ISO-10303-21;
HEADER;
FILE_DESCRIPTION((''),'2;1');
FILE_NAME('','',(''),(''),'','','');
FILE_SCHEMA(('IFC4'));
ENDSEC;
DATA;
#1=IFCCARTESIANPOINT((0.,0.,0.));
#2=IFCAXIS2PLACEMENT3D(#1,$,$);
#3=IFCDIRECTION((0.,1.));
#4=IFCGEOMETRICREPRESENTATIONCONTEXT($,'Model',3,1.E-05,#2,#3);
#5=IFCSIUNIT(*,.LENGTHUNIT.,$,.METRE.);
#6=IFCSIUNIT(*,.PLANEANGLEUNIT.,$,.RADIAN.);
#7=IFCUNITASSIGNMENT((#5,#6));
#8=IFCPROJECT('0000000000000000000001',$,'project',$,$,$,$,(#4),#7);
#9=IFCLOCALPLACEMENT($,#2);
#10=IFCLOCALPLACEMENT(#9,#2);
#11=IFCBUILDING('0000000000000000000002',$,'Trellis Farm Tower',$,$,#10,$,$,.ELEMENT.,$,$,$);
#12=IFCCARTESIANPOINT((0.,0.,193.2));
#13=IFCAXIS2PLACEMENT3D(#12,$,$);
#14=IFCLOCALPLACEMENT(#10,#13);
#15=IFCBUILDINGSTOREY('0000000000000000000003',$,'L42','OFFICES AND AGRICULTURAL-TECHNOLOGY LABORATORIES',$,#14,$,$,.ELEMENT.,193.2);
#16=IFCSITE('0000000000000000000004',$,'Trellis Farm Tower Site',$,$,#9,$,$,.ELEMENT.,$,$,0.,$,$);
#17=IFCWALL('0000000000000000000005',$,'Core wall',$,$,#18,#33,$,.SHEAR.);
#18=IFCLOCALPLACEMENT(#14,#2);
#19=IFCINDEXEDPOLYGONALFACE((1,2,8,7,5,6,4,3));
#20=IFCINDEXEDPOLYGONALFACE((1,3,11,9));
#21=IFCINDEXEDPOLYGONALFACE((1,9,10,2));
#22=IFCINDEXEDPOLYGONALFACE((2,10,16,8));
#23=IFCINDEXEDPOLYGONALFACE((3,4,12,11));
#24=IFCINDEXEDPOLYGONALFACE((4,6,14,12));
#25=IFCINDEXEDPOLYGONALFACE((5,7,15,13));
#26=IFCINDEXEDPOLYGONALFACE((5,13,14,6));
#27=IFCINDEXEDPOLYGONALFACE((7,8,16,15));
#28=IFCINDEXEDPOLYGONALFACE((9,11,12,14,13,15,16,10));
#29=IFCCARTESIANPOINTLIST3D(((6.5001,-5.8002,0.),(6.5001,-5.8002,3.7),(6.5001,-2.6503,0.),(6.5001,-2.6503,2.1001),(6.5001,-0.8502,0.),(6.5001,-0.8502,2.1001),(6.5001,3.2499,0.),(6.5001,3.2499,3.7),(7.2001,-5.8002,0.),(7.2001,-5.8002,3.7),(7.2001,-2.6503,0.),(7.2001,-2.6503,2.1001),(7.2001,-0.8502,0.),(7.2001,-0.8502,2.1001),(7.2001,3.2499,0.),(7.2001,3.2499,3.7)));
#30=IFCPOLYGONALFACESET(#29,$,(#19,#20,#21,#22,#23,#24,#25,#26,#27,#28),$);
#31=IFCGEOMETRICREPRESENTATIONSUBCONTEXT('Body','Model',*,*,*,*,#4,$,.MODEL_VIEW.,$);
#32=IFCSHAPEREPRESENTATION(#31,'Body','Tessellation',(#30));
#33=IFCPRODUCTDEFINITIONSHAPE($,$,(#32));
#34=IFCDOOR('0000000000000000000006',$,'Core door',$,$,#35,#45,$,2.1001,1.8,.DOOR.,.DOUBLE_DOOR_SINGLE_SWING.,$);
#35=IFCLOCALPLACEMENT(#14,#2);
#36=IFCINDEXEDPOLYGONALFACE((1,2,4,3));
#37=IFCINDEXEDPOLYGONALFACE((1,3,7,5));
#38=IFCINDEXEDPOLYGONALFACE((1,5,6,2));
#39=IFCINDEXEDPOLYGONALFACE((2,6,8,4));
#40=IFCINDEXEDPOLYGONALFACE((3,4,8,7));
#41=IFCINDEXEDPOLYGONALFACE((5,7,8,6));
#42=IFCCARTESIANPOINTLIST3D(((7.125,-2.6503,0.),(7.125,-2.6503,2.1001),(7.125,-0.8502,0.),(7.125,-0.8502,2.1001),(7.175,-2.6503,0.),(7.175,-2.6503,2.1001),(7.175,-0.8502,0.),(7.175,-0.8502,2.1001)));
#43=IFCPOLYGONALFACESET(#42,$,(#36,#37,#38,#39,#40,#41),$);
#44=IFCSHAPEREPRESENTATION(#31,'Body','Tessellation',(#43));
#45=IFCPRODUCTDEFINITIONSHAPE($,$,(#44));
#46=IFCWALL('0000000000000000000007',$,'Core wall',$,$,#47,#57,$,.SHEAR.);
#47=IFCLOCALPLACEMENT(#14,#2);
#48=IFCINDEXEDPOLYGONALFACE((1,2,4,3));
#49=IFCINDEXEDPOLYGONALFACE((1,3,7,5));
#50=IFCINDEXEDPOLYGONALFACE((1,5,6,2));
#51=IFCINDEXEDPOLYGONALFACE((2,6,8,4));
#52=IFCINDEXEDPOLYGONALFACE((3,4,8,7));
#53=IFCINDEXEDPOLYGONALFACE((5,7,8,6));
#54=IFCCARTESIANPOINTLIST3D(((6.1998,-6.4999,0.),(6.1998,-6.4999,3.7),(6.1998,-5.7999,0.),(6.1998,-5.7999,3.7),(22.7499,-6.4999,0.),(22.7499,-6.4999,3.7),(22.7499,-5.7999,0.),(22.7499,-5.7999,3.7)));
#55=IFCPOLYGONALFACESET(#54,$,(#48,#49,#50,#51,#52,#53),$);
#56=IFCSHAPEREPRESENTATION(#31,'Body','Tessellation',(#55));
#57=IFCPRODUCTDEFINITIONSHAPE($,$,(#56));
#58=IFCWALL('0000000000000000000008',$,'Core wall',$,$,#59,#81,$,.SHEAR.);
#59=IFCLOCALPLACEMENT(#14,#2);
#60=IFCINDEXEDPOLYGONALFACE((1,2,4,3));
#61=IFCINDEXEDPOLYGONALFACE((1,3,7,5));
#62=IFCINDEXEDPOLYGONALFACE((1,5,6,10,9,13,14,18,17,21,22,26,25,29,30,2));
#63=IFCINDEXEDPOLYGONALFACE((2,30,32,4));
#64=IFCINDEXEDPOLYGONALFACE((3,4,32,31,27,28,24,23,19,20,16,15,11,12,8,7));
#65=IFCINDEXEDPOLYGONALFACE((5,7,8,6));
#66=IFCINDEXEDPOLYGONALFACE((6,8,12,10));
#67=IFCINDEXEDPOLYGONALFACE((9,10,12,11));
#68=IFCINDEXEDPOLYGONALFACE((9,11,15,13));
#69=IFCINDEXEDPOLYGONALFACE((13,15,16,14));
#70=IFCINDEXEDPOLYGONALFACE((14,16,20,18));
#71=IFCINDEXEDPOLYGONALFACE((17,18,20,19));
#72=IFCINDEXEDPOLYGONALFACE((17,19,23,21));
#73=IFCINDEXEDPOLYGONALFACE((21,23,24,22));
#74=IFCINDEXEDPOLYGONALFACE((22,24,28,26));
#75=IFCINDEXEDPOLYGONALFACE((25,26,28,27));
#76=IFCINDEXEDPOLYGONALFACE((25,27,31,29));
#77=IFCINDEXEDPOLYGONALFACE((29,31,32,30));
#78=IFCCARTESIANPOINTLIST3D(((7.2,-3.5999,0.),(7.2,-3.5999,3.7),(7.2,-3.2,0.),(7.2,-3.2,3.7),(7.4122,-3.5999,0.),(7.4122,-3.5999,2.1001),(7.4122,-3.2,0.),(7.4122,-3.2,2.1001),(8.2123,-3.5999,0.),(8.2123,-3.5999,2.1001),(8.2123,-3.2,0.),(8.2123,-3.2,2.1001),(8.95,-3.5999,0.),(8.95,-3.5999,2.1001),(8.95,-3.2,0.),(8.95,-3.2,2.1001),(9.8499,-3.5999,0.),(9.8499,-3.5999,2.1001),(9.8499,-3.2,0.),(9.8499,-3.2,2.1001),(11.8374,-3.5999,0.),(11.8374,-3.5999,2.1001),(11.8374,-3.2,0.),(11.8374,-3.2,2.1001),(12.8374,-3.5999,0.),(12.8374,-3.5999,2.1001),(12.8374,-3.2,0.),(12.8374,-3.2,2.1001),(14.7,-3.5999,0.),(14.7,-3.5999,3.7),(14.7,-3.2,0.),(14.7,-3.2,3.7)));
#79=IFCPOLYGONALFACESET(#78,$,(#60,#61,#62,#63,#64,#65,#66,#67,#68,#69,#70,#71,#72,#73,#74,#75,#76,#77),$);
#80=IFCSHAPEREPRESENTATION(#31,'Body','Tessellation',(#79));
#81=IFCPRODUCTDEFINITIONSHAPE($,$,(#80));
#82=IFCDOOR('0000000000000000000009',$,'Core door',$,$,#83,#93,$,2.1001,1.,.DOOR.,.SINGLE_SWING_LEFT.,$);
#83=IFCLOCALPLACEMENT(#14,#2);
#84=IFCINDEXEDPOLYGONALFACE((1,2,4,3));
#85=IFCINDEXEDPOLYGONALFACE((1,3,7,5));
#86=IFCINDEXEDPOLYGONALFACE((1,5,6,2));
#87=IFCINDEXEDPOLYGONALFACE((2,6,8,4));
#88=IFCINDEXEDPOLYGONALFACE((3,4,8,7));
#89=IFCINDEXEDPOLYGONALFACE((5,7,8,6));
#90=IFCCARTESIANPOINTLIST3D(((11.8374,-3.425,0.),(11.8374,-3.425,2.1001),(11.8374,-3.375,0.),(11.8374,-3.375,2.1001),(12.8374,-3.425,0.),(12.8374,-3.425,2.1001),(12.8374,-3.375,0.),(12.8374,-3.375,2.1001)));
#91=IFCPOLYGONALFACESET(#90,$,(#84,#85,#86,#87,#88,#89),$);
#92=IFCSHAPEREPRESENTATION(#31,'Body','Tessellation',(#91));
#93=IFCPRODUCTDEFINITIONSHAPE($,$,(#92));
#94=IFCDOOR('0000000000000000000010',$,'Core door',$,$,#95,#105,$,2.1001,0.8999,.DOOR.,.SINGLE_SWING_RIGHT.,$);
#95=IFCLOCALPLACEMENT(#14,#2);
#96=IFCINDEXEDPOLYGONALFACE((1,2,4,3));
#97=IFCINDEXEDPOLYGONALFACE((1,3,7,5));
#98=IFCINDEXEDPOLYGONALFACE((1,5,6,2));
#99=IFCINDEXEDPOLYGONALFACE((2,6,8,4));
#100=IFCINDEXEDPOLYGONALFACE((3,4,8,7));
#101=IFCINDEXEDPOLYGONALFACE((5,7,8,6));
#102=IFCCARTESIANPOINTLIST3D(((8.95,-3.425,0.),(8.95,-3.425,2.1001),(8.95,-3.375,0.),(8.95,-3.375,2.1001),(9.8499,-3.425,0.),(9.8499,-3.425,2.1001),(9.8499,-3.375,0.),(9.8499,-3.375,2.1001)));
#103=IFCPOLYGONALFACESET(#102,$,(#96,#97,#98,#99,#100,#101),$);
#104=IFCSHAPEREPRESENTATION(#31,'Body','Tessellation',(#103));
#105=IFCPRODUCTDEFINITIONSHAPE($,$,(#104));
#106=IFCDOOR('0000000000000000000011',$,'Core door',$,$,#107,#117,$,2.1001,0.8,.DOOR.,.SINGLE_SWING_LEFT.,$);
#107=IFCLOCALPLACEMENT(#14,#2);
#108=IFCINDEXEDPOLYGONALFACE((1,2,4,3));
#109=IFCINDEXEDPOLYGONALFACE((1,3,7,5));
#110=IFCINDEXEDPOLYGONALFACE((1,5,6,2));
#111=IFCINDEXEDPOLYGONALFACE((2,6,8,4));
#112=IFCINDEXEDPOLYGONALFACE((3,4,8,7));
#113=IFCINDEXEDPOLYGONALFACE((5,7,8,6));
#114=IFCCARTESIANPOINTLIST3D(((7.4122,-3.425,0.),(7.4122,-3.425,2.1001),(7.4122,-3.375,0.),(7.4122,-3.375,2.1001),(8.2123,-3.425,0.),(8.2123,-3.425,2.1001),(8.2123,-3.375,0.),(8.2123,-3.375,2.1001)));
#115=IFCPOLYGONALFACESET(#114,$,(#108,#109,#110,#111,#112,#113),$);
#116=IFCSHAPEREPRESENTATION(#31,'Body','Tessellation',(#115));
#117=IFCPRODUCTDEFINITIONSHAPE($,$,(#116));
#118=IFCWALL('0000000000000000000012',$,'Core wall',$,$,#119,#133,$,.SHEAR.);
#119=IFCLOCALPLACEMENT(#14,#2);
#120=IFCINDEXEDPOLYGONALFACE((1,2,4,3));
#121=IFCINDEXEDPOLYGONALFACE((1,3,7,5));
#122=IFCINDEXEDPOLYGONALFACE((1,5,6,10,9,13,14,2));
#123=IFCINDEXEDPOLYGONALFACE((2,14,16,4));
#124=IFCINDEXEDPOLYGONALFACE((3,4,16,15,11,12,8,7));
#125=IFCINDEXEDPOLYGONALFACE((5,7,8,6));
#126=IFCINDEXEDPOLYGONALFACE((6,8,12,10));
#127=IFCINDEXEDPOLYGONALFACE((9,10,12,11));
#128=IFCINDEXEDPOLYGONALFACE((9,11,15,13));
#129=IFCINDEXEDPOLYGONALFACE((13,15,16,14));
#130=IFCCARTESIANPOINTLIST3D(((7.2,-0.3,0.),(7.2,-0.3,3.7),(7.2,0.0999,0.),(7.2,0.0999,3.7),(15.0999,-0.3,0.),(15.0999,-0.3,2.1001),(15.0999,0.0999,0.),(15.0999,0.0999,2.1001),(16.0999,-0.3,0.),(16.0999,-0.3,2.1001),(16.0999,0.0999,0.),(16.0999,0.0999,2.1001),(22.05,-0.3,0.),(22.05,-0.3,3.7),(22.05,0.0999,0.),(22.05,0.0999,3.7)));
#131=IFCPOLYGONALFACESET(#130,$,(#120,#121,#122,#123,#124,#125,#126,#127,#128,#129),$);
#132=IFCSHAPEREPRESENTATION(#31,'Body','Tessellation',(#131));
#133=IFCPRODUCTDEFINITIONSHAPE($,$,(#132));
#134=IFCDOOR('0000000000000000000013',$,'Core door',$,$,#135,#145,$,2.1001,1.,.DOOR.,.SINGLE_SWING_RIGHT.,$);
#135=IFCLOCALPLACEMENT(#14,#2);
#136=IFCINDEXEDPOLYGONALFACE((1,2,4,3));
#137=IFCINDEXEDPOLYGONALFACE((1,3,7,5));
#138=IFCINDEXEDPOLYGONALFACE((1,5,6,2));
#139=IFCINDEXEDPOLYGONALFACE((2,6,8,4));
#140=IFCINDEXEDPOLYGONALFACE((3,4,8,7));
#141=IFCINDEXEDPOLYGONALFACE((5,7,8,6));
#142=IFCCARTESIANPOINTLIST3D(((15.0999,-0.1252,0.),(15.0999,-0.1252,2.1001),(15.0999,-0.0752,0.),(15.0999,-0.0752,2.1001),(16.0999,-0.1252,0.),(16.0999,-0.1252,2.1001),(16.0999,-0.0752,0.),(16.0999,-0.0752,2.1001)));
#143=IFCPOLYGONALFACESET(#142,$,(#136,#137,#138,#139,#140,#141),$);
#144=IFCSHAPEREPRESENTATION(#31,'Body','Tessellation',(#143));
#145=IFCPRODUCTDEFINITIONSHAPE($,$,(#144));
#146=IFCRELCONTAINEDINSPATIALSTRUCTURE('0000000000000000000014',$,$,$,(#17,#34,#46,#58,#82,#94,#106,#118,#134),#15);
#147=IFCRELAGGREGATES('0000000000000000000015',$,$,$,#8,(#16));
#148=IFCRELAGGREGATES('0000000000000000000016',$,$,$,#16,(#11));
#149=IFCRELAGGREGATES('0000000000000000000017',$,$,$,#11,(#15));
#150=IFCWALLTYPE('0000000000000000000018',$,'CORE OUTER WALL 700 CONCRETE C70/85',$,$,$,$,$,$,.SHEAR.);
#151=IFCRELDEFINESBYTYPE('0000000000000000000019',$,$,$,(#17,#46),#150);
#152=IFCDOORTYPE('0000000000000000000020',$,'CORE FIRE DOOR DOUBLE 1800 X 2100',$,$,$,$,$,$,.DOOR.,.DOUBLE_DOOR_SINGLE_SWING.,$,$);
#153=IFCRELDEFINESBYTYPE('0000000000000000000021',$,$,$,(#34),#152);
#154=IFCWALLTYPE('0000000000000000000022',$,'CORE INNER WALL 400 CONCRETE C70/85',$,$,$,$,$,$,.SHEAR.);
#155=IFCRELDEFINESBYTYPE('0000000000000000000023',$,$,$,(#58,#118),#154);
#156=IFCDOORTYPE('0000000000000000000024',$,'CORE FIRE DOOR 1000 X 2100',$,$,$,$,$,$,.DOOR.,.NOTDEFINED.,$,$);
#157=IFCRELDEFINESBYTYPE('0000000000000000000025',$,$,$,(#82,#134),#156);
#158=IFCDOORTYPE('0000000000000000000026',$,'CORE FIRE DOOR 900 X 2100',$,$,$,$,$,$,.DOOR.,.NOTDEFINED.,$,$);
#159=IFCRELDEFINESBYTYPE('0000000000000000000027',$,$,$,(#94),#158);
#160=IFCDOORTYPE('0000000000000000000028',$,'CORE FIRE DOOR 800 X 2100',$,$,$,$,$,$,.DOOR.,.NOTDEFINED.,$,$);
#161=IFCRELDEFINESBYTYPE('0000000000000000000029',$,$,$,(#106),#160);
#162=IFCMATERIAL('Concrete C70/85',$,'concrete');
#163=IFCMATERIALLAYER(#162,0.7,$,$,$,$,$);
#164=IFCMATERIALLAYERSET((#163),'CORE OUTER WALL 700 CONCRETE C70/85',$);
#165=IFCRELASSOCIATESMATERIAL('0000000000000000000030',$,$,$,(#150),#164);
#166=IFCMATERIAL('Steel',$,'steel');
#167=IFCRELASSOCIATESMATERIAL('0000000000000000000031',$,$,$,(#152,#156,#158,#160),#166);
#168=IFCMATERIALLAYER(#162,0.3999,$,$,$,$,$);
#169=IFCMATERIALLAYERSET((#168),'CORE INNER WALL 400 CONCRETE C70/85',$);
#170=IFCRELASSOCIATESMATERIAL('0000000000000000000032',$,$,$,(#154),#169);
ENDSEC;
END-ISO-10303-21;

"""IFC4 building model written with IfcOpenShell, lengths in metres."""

from ifc_helpers import new_model, si_unit, direction, frame, frame_2d, origin, place, context, subcontext, project, spatial, rectangle, extrude, source, transform, mapped, material, layer, layer_set, type_object, element, fill, save


model = new_model("IFC4")

# Units and contexts
model_context = context("Model", 3, precision=1e-05, world=origin(), true_north=direction((0.0, 1.0)))
body_context = subcontext(model_context, "Body", "Model", "MODEL_VIEW")
ifc_project = project(units=[si_unit("LENGTHUNIT", "METRE"), si_unit("PLANEANGLEUNIT", "RADIAN")], contexts=[model_context])

# Site, building, storey
site_placement = place(None, origin())
site = spatial("IfcSite", under=ifc_project, at=site_placement, Name="Trellis Farm Tower Site", CompositionType="ELEMENT", RefElevation=0.0)
building_placement = place(site_placement, origin())
building = spatial("IfcBuilding", under=site, at=building_placement, Name="Trellis Farm Tower", CompositionType="ELEMENT")
storey_placement = place(building_placement, frame((0.0, 0.0, 193.2)))
storey = spatial("IfcBuildingStorey", under=building, at=storey_placement, Name="L42", Description="OFFICES AND AGRICULTURAL-TECHNOLOGY LABORATORIES", CompositionType="ELEMENT", Elevation=193.2)

# Shared definitions
ifc_material_1 = material(Name="Concrete C70/85", Category="concrete")

# Wall, opening, door
ifc_layer_1 = layer(ifc_material_1, 0.7)
ifc_layer_set_1 = layer_set([ifc_layer_1], Name="CORE OUTER WALL 700 CONCRETE C70/85")
wall_type_1 = type_object("IfcWallType", Name="CORE OUTER WALL 700 CONCRETE C70/85", PredefinedType="SHEAR", material=ifc_layer_set_1)
shared_shape_1 = source(origin(), body_context, "Body", "SweptSolid", [
    extrude(rectangle(XDim=9.05, YDim=0.7, at=frame_2d((4.5249, 0.0))), origin(), (0.0, 0.0, 1.0), 3.7),
])
wall_1_placement = place(storey_placement, frame((6.8501, -5.8, 0.0), z_axis=(0.0, 0.0, 1.0), x_axis=(0.0, 1.0, 0.0)))
wall_1 = element("IfcWall", 1, at=wall_1_placement, inside=storey, type_object=wall_type_1, Name="Core wall", PredefinedType="SHEAR", context=body_context, shape_type="MappedRepresentation", body=[
    mapped(shared_shape_1, transform((0.0, 0.0, 0.0))),
])
shared_shape_2 = source(origin(), body_context, "Body", "SweptSolid", [
    extrude(rectangle(XDim=1.8, YDim=2.1001, at=frame_2d((0.8999, 1.05))), frame((0.0, 0.3601, 0.0), z_axis=(0.0, -1.0, 0.0), x_axis=(1.0, 0.0, 0.0)), (0.0, 0.0, 1.0), 0.7202),
])
opening_1_placement = place(wall_1_placement, frame((3.1499, 0.0, 0.0)))
opening_1 = element("IfcOpeningElement", 2, at=opening_1_placement, cuts=wall_1, PredefinedType="OPENING", context=body_context, shape_type="MappedRepresentation", body=[
    mapped(shared_shape_2, transform((0.0, 0.0, 0.0))),
])
ifc_material_2 = material(Name="Steel", Category="steel")
door_type_1 = type_object("IfcDoorType", Name="CORE FIRE DOOR DOUBLE 1800 X 2100", OperationType="DOUBLE_DOOR_SINGLE_SWING", PredefinedType="DOOR", material=ifc_material_2)
shared_shape_3 = source(origin(), body_context, "Body", "SweptSolid", [
    extrude(rectangle(XDim=1.8, YDim=2.1001, at=frame_2d((0.8999, 1.05))), frame((0.0, -0.2749, 0.0), z_axis=(0.0, -1.0, 0.0), x_axis=(1.0, 0.0, 0.0)), (0.0, 0.0, 1.0), 0.05),
])
door_1_placement = place(opening_1_placement, origin())
door_1 = element("IfcDoor", 3, at=door_1_placement, inside=storey, type_object=door_type_1, Name="Core door", OperationType="DOUBLE_DOOR_SINGLE_SWING", OverallHeight=2.1001, OverallWidth=1.8, PredefinedType="DOOR", context=body_context, shape_type="MappedRepresentation", body=[
    mapped(shared_shape_3, transform((0.0, 0.0, 0.0))),
])
fill(opening_1, door_1)

# Wall
shared_shape_4 = source(origin(), body_context, "Body", "SweptSolid", [
    extrude(rectangle(XDim=16.55, YDim=0.7, at=frame_2d((8.2749, 0.0))), origin(), (0.0, 0.0, 1.0), 3.7),
])
wall_2_placement = place(storey_placement, frame((6.2, -6.1499, 0.0), z_axis=(0.0, 0.0, 1.0), x_axis=(1.0, 0.0, 0.0)))
element("IfcWall", 4, at=wall_2_placement, inside=storey, type_object=wall_type_1, Name="Core wall", PredefinedType="SHEAR", context=body_context, shape_type="MappedRepresentation", body=[
    mapped(shared_shape_4, transform((0.0, 0.0, 0.0))),
])

# Wall, openings, doors
ifc_layer_2 = layer(ifc_material_1, 0.3999)
ifc_layer_set_2 = layer_set([ifc_layer_2], Name="CORE INNER WALL 400 CONCRETE C70/85")
wall_type_2 = type_object("IfcWallType", Name="CORE INNER WALL 400 CONCRETE C70/85", PredefinedType="SHEAR", material=ifc_layer_set_2)
shared_shape_5 = source(origin(), body_context, "Body", "SweptSolid", [
    extrude(rectangle(XDim=7.5, YDim=0.3999, at=frame_2d((3.75, 0.0))), origin(), (0.0, 0.0, 1.0), 3.7),
])
wall_3_placement = place(storey_placement, frame((7.2, -3.3999, 0.0), z_axis=(0.0, 0.0, 1.0), x_axis=(1.0, 0.0, 0.0)))
wall_3 = element("IfcWall", 5, at=wall_3_placement, inside=storey, type_object=wall_type_2, Name="Core wall", PredefinedType="SHEAR", context=body_context, shape_type="MappedRepresentation", body=[
    mapped(shared_shape_5, transform((0.0, 0.0, 0.0))),
])
shared_shape_6 = source(origin(), body_context, "Body", "SweptSolid", [
    extrude(rectangle(XDim=0.8, YDim=2.1001, at=frame_2d((0.3999, 1.05))), frame((0.0, 0.21, 0.0), z_axis=(0.0, -1.0, 0.0), x_axis=(1.0, 0.0, 0.0)), (0.0, 0.0, 1.0), 0.4199),
])
opening_2_placement = place(wall_3_placement, frame((0.2124, 0.0, 0.0)))
opening_2 = element("IfcOpeningElement", 6, at=opening_2_placement, cuts=wall_3, PredefinedType="OPENING", context=body_context, shape_type="MappedRepresentation", body=[
    mapped(shared_shape_6, transform((0.0, 0.0, 0.0))),
])
shared_shape_7 = source(origin(), body_context, "Body", "SweptSolid", [
    extrude(rectangle(XDim=0.8999, YDim=2.1001, at=frame_2d((0.45, 1.05))), frame((0.0, 0.21, 0.0), z_axis=(0.0, -1.0, 0.0), x_axis=(1.0, 0.0, 0.0)), (0.0, 0.0, 1.0), 0.4199),
])
opening_3_placement = place(wall_3_placement, frame((1.75, 0.0, 0.0)))
opening_3 = element("IfcOpeningElement", 7, at=opening_3_placement, cuts=wall_3, PredefinedType="OPENING", context=body_context, shape_type="MappedRepresentation", body=[
    mapped(shared_shape_7, transform((0.0, 0.0, 0.0))),
])
shared_shape_8 = source(origin(), body_context, "Body", "SweptSolid", [
    extrude(rectangle(XDim=1.0, YDim=2.1001, at=frame_2d((0.5, 1.05))), frame((0.0, 0.21, 0.0), z_axis=(0.0, -1.0, 0.0), x_axis=(1.0, 0.0, 0.0)), (0.0, 0.0, 1.0), 0.4199),
])
opening_4_placement = place(wall_3_placement, frame((4.6375, 0.0, 0.0)))
opening_4 = element("IfcOpeningElement", 8, at=opening_4_placement, cuts=wall_3, PredefinedType="OPENING", context=body_context, shape_type="MappedRepresentation", body=[
    mapped(shared_shape_8, transform((0.0, 0.0, 0.0))),
])
door_type_2 = type_object("IfcDoorType", Name="CORE FIRE DOOR 1000 X 2100", OperationType="NOTDEFINED", PredefinedType="DOOR", material=ifc_material_2)
shared_shape_9 = source(origin(), body_context, "Body", "SweptSolid", [
    extrude(rectangle(XDim=1.0, YDim=2.1001, at=frame_2d((0.5, 1.05))), frame((0.0, 0.0249, 0.0), z_axis=(0.0, -1.0, 0.0), x_axis=(1.0, 0.0, 0.0)), (0.0, 0.0, 1.0), 0.05),
])
door_2_placement = place(opening_4_placement, origin())
door_2 = element("IfcDoor", 9, at=door_2_placement, inside=storey, type_object=door_type_2, Name="Core door", OperationType="SINGLE_SWING_LEFT", OverallHeight=2.1001, OverallWidth=1.0, PredefinedType="DOOR", context=body_context, shape_type="MappedRepresentation", body=[
    mapped(shared_shape_9, transform((0.0, 0.0, 0.0))),
])
fill(opening_4, door_2)
door_type_3 = type_object("IfcDoorType", Name="CORE FIRE DOOR 900 X 2100", OperationType="NOTDEFINED", PredefinedType="DOOR", material=ifc_material_2)
shared_shape_10 = source(origin(), body_context, "Body", "SweptSolid", [
    extrude(rectangle(XDim=0.8999, YDim=2.1001, at=frame_2d((0.45, 1.05))), frame((0.0, 0.0249, 0.0), z_axis=(0.0, -1.0, 0.0), x_axis=(1.0, 0.0, 0.0)), (0.0, 0.0, 1.0), 0.05),
])
door_3_placement = place(opening_3_placement, origin())
door_3 = element("IfcDoor", 10, at=door_3_placement, inside=storey, type_object=door_type_3, Name="Core door", OperationType="SINGLE_SWING_RIGHT", OverallHeight=2.1001, OverallWidth=0.8999, PredefinedType="DOOR", context=body_context, shape_type="MappedRepresentation", body=[
    mapped(shared_shape_10, transform((0.0, 0.0, 0.0))),
])
fill(opening_3, door_3)
door_type_4 = type_object("IfcDoorType", Name="CORE FIRE DOOR 800 X 2100", OperationType="NOTDEFINED", PredefinedType="DOOR", material=ifc_material_2)
shared_shape_11 = source(origin(), body_context, "Body", "SweptSolid", [
    extrude(rectangle(XDim=0.8, YDim=2.1001, at=frame_2d((0.3999, 1.05))), frame((0.0, 0.0249, 0.0), z_axis=(0.0, -1.0, 0.0), x_axis=(1.0, 0.0, 0.0)), (0.0, 0.0, 1.0), 0.05),
])
door_4_placement = place(opening_2_placement, origin())
door_4 = element("IfcDoor", 11, at=door_4_placement, inside=storey, type_object=door_type_4, Name="Core door", OperationType="SINGLE_SWING_LEFT", OverallHeight=2.1001, OverallWidth=0.8, PredefinedType="DOOR", context=body_context, shape_type="MappedRepresentation", body=[
    mapped(shared_shape_11, transform((0.0, 0.0, 0.0))),
])
fill(opening_2, door_4)

# Wall, opening, door
shared_shape_12 = source(origin(), body_context, "Body", "SweptSolid", [
    extrude(rectangle(XDim=14.8501, YDim=0.3999, at=frame_2d((7.425, 0.0))), origin(), (0.0, 0.0, 1.0), 3.7),
])
wall_4_placement = place(storey_placement, frame((7.2, -0.1001, 0.0), z_axis=(0.0, 0.0, 1.0), x_axis=(1.0, 0.0, 0.0)))
wall_4 = element("IfcWall", 12, at=wall_4_placement, inside=storey, type_object=wall_type_2, Name="Core wall", PredefinedType="SHEAR", context=body_context, shape_type="MappedRepresentation", body=[
    mapped(shared_shape_12, transform((0.0, 0.0, 0.0))),
])
opening_5_placement = place(wall_4_placement, frame((7.8999, 0.0, 0.0)))
opening_5 = element("IfcOpeningElement", 13, at=opening_5_placement, cuts=wall_4, PredefinedType="OPENING", context=body_context, shape_type="MappedRepresentation", body=[
    mapped(shared_shape_8, transform((0.0, 0.0, 0.0))),
])
door_5_placement = place(opening_5_placement, origin())
door_5 = element("IfcDoor", 14, at=door_5_placement, inside=storey, type_object=door_type_2, Name="Core door", OperationType="SINGLE_SWING_RIGHT", OverallHeight=2.1001, OverallWidth=1.0, PredefinedType="DOOR", context=body_context, shape_type="MappedRepresentation", body=[
    mapped(shared_shape_9, transform((0.0, 0.0, 0.0))),
])
fill(opening_5, door_5)

save(model, "model.ifc")
